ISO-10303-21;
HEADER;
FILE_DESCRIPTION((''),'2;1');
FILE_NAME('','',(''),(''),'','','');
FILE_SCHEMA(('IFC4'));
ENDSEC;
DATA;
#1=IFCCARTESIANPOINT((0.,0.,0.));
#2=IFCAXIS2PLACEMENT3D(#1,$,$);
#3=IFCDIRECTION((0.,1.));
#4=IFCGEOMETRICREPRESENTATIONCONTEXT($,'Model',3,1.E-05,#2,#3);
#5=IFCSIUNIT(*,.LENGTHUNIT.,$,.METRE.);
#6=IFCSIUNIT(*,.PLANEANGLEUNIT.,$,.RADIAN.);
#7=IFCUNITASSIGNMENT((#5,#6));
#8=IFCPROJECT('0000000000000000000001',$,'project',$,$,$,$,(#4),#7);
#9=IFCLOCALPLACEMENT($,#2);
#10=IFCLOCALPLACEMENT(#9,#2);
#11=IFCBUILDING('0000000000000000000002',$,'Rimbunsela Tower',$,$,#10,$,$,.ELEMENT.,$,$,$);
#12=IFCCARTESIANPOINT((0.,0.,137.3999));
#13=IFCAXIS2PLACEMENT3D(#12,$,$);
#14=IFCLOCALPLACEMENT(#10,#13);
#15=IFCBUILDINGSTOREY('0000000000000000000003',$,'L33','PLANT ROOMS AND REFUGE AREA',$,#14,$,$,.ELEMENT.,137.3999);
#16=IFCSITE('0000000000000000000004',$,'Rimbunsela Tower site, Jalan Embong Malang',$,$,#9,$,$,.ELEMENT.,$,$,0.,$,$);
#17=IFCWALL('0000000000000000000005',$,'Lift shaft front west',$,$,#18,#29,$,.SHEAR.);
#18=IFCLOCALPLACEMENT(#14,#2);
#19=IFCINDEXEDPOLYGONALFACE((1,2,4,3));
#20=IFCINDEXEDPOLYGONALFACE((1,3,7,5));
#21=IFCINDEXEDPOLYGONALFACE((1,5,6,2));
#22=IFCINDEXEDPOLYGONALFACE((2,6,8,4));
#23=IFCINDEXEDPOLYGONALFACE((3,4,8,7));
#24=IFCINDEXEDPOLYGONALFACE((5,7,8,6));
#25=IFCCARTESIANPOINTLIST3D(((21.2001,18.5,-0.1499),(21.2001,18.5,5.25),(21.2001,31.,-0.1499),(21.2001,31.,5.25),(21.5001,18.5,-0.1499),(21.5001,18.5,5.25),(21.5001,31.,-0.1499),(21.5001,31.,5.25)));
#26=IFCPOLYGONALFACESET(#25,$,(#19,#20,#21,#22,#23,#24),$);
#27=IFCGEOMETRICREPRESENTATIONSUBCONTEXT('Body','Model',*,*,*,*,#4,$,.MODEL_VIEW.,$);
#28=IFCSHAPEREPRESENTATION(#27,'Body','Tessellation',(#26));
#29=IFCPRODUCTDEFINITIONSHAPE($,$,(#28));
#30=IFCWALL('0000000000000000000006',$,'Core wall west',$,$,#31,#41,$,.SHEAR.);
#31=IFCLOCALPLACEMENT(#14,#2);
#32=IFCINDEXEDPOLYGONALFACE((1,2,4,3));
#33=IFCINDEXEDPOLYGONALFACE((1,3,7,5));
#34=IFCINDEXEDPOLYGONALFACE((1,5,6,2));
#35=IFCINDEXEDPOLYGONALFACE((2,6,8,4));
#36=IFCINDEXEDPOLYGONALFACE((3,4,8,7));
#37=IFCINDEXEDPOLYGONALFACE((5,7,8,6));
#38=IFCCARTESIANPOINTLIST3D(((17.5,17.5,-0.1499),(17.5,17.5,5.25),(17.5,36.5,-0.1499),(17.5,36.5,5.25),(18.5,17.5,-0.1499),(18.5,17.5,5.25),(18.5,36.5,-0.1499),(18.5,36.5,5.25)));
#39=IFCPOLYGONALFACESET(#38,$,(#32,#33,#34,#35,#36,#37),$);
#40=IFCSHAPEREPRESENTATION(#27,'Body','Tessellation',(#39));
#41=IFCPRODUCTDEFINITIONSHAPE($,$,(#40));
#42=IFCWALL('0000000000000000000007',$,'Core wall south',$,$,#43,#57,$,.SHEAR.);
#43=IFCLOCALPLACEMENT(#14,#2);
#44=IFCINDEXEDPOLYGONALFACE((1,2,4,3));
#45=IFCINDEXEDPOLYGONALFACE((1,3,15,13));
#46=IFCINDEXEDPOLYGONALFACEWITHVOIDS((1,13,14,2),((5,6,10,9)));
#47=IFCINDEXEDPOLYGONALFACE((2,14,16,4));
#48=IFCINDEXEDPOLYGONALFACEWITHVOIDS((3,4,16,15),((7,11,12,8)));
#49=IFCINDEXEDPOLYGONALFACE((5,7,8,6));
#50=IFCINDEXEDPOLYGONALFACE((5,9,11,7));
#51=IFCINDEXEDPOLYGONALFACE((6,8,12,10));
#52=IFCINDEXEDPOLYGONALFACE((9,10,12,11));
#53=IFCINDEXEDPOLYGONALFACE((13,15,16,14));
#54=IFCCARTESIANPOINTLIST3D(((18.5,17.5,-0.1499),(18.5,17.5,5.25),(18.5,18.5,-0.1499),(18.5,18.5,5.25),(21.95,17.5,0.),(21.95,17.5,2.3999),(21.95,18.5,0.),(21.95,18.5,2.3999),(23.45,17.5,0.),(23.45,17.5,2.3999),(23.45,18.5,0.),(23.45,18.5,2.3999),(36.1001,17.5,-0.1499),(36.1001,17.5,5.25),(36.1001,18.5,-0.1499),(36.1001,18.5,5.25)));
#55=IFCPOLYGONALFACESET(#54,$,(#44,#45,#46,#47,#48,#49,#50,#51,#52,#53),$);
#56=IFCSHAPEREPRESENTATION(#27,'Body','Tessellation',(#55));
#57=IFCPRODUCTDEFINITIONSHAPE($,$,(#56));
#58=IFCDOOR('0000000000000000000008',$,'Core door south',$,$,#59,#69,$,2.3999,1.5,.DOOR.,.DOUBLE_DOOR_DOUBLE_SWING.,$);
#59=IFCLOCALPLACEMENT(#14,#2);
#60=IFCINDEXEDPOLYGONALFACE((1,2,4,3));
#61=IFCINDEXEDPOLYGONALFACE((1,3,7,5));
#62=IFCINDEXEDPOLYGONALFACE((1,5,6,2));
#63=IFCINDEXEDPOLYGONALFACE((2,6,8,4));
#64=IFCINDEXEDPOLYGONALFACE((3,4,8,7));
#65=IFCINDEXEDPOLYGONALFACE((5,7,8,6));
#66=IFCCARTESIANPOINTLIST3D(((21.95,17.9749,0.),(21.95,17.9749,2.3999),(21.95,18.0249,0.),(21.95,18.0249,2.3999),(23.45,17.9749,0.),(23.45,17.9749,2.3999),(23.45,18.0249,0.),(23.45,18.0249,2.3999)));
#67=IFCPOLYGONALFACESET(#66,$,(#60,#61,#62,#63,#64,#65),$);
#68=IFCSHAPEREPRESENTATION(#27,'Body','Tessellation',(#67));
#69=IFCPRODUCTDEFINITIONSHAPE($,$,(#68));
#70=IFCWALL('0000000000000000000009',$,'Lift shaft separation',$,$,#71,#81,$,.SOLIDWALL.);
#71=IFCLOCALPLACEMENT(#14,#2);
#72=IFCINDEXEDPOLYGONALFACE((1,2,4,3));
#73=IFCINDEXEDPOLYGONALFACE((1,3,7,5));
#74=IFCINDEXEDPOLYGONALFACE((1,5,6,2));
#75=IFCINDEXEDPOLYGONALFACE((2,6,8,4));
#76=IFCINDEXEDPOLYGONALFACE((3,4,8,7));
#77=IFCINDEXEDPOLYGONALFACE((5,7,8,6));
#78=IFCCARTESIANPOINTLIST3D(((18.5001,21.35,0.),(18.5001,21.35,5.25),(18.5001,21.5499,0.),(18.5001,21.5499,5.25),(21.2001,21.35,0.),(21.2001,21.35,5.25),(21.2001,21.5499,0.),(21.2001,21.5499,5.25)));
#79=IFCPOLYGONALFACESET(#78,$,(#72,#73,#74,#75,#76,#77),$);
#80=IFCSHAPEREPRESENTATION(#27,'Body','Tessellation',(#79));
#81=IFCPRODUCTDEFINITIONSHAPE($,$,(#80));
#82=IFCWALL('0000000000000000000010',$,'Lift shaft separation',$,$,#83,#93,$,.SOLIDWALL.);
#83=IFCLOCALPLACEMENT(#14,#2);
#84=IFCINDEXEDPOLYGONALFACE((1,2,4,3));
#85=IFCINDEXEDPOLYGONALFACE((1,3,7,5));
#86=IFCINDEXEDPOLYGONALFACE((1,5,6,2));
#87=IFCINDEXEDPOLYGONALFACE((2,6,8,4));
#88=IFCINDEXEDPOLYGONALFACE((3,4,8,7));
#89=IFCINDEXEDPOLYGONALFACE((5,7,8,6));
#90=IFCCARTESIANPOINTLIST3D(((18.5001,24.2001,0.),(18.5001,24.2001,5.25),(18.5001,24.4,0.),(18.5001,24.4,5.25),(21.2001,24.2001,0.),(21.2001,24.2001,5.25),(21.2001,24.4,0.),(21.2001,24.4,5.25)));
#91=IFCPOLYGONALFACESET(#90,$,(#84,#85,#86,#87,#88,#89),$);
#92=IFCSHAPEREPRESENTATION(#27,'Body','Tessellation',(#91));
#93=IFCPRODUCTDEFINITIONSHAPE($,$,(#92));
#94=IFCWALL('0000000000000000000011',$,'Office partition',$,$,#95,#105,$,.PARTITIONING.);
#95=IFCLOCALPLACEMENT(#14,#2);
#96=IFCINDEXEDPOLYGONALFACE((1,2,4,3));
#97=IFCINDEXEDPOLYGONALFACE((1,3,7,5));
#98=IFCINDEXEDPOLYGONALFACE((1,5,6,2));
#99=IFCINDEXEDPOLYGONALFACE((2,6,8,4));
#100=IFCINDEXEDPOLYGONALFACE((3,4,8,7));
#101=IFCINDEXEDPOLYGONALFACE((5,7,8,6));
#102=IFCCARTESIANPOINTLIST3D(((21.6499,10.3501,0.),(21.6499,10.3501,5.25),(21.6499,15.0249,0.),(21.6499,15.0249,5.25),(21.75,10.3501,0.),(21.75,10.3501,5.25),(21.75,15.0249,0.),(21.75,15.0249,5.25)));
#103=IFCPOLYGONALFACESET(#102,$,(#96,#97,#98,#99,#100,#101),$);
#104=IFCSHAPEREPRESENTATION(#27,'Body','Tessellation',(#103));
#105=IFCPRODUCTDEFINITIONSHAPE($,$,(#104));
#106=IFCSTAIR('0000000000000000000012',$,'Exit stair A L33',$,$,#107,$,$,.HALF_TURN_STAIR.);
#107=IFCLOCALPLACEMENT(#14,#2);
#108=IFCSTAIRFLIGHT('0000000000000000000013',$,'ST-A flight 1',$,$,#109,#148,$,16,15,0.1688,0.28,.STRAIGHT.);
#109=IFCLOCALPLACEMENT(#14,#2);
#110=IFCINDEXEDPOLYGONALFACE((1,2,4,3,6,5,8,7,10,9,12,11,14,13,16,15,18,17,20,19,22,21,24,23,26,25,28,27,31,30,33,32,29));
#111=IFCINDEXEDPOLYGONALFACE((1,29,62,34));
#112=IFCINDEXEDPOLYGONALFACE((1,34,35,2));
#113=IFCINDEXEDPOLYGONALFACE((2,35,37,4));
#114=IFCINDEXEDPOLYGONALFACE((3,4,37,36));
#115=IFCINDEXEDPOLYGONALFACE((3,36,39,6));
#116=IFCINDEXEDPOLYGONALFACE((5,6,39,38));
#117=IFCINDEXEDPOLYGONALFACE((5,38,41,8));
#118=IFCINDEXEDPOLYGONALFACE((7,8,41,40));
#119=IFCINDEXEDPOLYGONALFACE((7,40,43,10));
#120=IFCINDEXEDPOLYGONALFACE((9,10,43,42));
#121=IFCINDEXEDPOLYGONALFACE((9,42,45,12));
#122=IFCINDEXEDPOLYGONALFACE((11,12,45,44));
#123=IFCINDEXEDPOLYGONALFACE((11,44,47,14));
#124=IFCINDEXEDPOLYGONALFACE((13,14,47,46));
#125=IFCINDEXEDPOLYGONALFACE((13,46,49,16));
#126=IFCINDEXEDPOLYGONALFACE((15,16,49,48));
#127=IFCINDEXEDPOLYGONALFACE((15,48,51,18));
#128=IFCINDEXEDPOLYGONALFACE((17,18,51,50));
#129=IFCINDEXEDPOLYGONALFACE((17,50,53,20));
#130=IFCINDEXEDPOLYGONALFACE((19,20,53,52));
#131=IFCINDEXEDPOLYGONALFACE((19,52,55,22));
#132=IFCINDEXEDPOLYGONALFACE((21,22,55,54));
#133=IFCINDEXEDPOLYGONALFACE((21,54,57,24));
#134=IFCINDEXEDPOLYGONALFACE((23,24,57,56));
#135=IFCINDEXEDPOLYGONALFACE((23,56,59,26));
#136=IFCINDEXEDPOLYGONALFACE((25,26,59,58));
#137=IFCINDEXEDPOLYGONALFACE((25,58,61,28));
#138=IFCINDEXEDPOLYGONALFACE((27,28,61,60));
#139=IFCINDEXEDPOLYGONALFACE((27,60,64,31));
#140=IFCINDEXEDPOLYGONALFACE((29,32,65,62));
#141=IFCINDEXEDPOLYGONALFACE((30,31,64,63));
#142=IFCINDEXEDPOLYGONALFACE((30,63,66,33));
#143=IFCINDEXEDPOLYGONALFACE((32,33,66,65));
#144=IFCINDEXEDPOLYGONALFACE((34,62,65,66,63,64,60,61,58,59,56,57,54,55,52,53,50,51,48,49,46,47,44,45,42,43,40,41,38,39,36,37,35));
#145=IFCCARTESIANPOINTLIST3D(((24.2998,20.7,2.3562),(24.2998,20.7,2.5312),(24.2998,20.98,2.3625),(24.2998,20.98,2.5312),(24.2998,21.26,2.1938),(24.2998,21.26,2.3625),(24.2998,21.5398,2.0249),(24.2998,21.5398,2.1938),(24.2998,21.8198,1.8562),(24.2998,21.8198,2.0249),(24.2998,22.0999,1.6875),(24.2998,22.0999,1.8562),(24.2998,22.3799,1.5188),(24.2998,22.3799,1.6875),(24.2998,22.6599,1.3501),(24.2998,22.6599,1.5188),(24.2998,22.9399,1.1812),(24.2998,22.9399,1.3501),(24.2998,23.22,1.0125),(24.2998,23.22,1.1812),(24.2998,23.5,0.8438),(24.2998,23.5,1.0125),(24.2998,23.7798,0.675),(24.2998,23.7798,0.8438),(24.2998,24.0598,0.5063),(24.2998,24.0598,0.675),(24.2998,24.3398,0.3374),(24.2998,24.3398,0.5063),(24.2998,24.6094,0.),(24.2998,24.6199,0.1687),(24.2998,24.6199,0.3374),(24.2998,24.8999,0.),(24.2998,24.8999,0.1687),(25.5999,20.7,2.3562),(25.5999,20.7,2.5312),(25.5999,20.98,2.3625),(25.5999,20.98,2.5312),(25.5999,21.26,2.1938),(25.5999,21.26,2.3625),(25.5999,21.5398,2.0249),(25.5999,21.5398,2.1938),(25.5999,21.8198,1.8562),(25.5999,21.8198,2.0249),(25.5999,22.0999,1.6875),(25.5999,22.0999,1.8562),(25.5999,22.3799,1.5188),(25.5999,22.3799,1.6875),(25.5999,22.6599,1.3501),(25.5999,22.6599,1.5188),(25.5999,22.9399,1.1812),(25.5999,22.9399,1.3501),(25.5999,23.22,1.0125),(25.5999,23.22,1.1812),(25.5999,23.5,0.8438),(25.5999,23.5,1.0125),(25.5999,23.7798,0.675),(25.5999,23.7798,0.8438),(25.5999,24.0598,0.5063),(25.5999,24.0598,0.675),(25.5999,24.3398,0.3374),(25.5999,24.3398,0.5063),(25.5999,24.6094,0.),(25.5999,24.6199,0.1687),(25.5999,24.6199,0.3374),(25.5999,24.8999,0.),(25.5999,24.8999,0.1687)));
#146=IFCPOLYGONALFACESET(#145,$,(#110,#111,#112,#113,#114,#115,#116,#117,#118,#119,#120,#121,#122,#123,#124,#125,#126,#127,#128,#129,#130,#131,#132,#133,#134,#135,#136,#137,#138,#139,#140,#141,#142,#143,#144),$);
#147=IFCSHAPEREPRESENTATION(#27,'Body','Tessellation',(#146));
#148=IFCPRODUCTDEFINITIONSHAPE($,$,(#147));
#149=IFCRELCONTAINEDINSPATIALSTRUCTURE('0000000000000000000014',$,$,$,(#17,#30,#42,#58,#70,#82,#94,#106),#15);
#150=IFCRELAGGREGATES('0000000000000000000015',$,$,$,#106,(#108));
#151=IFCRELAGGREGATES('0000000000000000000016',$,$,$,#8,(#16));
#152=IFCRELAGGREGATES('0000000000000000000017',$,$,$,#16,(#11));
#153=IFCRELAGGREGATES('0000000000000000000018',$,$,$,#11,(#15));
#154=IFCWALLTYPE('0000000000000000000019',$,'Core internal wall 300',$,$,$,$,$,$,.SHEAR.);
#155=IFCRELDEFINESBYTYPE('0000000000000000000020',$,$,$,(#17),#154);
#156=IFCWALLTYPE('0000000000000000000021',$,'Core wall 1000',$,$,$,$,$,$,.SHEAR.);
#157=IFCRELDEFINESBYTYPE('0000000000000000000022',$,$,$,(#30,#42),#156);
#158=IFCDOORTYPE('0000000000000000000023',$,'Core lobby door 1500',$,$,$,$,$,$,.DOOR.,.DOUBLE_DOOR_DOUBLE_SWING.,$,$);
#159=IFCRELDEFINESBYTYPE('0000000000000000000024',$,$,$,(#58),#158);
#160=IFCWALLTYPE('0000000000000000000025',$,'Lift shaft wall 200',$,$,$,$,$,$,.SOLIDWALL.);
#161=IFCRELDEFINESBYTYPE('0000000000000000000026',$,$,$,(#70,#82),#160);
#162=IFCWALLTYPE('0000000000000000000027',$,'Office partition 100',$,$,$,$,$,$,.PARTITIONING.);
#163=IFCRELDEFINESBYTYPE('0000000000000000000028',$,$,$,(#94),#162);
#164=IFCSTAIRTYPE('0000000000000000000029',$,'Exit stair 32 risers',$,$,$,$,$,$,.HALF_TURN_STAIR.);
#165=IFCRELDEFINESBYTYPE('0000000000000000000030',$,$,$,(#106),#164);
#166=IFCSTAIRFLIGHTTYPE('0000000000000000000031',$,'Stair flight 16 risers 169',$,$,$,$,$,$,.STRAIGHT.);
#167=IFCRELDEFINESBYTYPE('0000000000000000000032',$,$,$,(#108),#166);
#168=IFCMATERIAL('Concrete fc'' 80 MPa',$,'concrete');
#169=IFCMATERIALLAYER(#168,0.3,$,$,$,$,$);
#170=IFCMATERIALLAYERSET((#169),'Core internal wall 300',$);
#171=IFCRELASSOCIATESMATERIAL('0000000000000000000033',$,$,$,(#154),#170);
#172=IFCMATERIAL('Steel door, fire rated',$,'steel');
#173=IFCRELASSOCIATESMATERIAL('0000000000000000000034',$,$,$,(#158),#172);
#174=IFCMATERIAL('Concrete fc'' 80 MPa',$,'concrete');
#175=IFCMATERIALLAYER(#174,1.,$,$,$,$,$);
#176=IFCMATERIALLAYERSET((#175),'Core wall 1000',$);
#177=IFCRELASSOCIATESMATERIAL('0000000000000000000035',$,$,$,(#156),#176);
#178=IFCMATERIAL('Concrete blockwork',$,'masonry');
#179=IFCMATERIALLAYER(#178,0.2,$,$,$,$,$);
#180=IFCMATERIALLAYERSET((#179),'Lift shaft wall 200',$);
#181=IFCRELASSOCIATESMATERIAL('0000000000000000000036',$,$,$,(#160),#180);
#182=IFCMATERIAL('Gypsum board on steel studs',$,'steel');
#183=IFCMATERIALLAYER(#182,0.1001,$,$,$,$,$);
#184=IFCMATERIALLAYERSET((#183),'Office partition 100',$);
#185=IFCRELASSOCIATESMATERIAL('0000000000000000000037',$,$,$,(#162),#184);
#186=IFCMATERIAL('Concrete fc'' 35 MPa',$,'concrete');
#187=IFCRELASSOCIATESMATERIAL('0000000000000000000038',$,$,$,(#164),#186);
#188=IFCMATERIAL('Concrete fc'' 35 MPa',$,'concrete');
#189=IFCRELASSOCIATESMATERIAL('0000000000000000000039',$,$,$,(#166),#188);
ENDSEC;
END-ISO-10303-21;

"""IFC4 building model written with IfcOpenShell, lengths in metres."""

from ifc_helpers import new_model, si_unit, direction, frame, frame_2d, origin, place, context, subcontext, project, spatial, polyline, rectangle, outline, extrude, material, layer, layer_set, type_object, element, fill, aggregate, save


model = new_model("IFC4")

# Units and contexts
model_context = context("Model", 3, precision=1e-05, world=origin(), true_north=direction((0.0, 1.0)))
body_context = subcontext(model_context, "Body", "Model", "MODEL_VIEW")
ifc_project = project(units=[si_unit("LENGTHUNIT", "METRE"), si_unit("PLANEANGLEUNIT", "RADIAN")], contexts=[model_context])

# Site, building, storey
site_placement = place(None, origin())
site = spatial("IfcSite", under=ifc_project, at=site_placement, Name="Rimbunsela Tower site, Jalan Embong Malang", CompositionType="ELEMENT", RefElevation=0.0)
building_placement = place(site_placement, origin())
building = spatial("IfcBuilding", under=site, at=building_placement, Name="Rimbunsela Tower", CompositionType="ELEMENT")
storey_placement = place(building_placement, frame((0.0, 0.0, 137.3999)))
storey = spatial("IfcBuildingStorey", under=building, at=storey_placement, Name="L33", Description="PLANT ROOMS AND REFUGE AREA", CompositionType="ELEMENT", Elevation=137.3999)

# Shared definitions
ifc_material_1 = material(Name="Concrete fc' 80 MPa", Category="concrete")
ifc_layer_1 = layer(ifc_material_1, 0.3)
ifc_layer_set_1 = layer_set([ifc_layer_1], Name="Core internal wall 300")
wall_type_1 = type_object("IfcWallType", Name="Core internal wall 300", PredefinedType="SHEAR", material=ifc_layer_set_1)
ifc_material_2 = material(Name="Steel door, fire rated", Category="steel")
door_type_1 = type_object("IfcDoorType", Name="Core lobby door 1500", OperationType="DOUBLE_DOOR_DOUBLE_SWING", PredefinedType="DOOR", material=ifc_material_2)

# Walls
wall_1_placement = place(storey_placement, frame((21.3501, 18.5, -0.1499), z_axis=(0.0, 0.0, 1.0), x_axis=(0.0, 1.0, 0.0)))
element("IfcWall", 1, at=wall_1_placement, inside=storey, type_object=wall_type_1, Name="Lift shaft front west", PredefinedType="SHEAR", context=body_context, shape_type="SweptSolid", body=[
    extrude(rectangle(XDim=12.5, YDim=0.3, at=frame_2d((6.25, 0.0))), origin(), (0.0, 0.0, 1.0), 5.3999),
])
ifc_material_3 = material(Name="Concrete fc' 80 MPa", Category="concrete")
ifc_layer_2 = layer(ifc_material_3, 1.0)
ifc_layer_set_2 = layer_set([ifc_layer_2], Name="Core wall 1000")
wall_type_2 = type_object("IfcWallType", Name="Core wall 1000", PredefinedType="SHEAR", material=ifc_layer_set_2)
wall_2_placement = place(storey_placement, frame((18.0, 17.5, -0.1499), z_axis=(0.0, 0.0, 1.0), x_axis=(0.0, 1.0, 0.0)))
element("IfcWall", 2, at=wall_2_placement, inside=storey, type_object=wall_type_2, Name="Core wall west", PredefinedType="SHEAR", context=body_context, shape_type="SweptSolid", body=[
    extrude(rectangle(XDim=19.0, YDim=1.0, at=frame_2d((9.5, 0.0))), origin(), (0.0, 0.0, 1.0), 5.3999),
])

# Wall, opening, door
wall_3_placement = place(storey_placement, frame((18.5, 18.0, -0.1499), z_axis=(0.0, 0.0, 1.0), x_axis=(1.0, 0.0, 0.0)))
wall_3 = element("IfcWall", 3, at=wall_3_placement, inside=storey, type_object=wall_type_2, Name="Core wall south", PredefinedType="SHEAR", context=body_context, shape_type="SweptSolid", body=[
    extrude(rectangle(XDim=17.6001, YDim=1.0, at=frame_2d((8.8, 0.0))), origin(), (0.0, 0.0, 1.0), 5.3999),
])
opening_1_placement = place(wall_3_placement, frame((3.45, 0.0, 0.1499)))
opening_1 = element("IfcOpeningElement", 4, at=opening_1_placement, cuts=wall_3, PredefinedType="OPENING", context=body_context, shape_type="SweptSolid", body=[
    extrude(rectangle(XDim=1.5, YDim=2.3999, at=frame_2d((0.75, 1.2))), frame((0.0, 0.51, 0.0), z_axis=(0.0, -1.0, 0.0), x_axis=(1.0, 0.0, 0.0)), (0.0, 0.0, 1.0), 1.02),
])
door_1_placement = place(opening_1_placement, origin())
door_1 = element("IfcDoor", 5, at=door_1_placement, inside=storey, type_object=door_type_1, Name="Core door south", OperationType="DOUBLE_DOOR_DOUBLE_SWING", OverallHeight=2.3999, OverallWidth=1.5, PredefinedType="DOOR", context=body_context, shape_type="SweptSolid", body=[
    extrude(rectangle(XDim=1.5, YDim=2.3999, at=frame_2d((0.75, 1.2))), frame((0.0, 0.0249, 0.0), z_axis=(0.0, -1.0, 0.0), x_axis=(1.0, 0.0, 0.0)), (0.0, 0.0, 1.0), 0.05),
])
fill(opening_1, door_1)

# Walls
ifc_material_4 = material(Name="Concrete blockwork", Category="masonry")
ifc_layer_3 = layer(ifc_material_4, 0.2)
ifc_layer_set_3 = layer_set([ifc_layer_3], Name="Lift shaft wall 200")
wall_type_3 = type_object("IfcWallType", Name="Lift shaft wall 200", PredefinedType="SOLIDWALL", material=ifc_layer_set_3)
for number, where, z_axis, x_axis, name in (
    (6, (18.5, 21.45, 0.0), (0.0, 0.0, 1.0), (1.0, 0.0, 0.0), "Lift shaft separation"),
    (7, (18.5, 24.3, 0.0), (0.0, 0.0, 1.0), (1.0, 0.0, 0.0), "Lift shaft separation"),
):
    element("IfcWall", number, at=place(storey_placement, frame(where, z_axis=z_axis, x_axis=x_axis)), inside=storey, type_object=wall_type_3, Name=name, PredefinedType="SOLIDWALL", context=body_context, shape_type="SweptSolid", body=[
        extrude(rectangle(XDim=2.7, YDim=0.2, at=frame_2d((1.3501, 0.0))), origin(), (0.0, 0.0, 1.0), 5.25),
    ])
ifc_material_5 = material(Name="Gypsum board on steel studs", Category="steel")
ifc_layer_4 = layer(ifc_material_5, 0.1001)
ifc_layer_set_4 = layer_set([ifc_layer_4], Name="Office partition 100")
wall_type_4 = type_object("IfcWallType", Name="Office partition 100", PredefinedType="PARTITIONING", material=ifc_layer_set_4)
wall_4_placement = place(storey_placement, frame((21.7, 10.3501, 0.0), z_axis=(0.0, 0.0, 1.0), x_axis=(0.0, 1.0, 0.0)))
element("IfcWall", 8, at=wall_4_placement, inside=storey, type_object=wall_type_4, Name="Office partition", PredefinedType="PARTITIONING", context=body_context, shape_type="SweptSolid", body=[
    extrude(rectangle(XDim=4.6748, YDim=0.1001, at=frame_2d((2.3374, 0.0))), origin(), (0.0, 0.0, 1.0), 5.25),
])

# Stair, stair flight
ifc_material_6 = material(Name="Concrete fc' 35 MPa", Category="concrete")
stair_type = type_object("IfcStairType", Name="Exit stair 32 risers", PredefinedType="HALF_TURN_STAIR", material=ifc_material_6)
stair_1_placement = place(storey_placement, origin())
stair_1 = element("IfcStair", 9, at=stair_1_placement, inside=storey, type_object=stair_type, Name="Exit stair A L33", PredefinedType="HALF_TURN_STAIR")
ifc_material_7 = material(Name="Concrete fc' 35 MPa", Category="concrete")
stair_flight_type = type_object("IfcStairFlightType", Name="Stair flight 16 risers 169", PredefinedType="STRAIGHT", material=ifc_material_7)
stair_flight_1_placement = place(storey_placement, frame((24.95, 24.8999, 0.0), z_axis=(0.0, 0.0, 1.0), x_axis=(0.0, -1.0, 0.0)))
stair_flight_1 = element("IfcStairFlight", 10, at=stair_flight_1_placement, type_object=stair_flight_type, Name="ST-A flight 1", NumberOfRisers=16, NumberOfTreads=15, PredefinedType="STRAIGHT", RiserHeight=0.1688, TreadLength=0.28, context=body_context, shape_type="SweptSolid", body=[
    extrude(outline(polyline([(0.0, 0.0), (0.0, 0.1687), (0.28, 0.1687), (0.28, 0.3374), (0.5601, 0.3374), (0.5601, 0.5063), (0.8401, 0.5063), (0.8401, 0.675), (1.1201, 0.675), (1.1201, 0.8438), (1.3999, 0.8438), (1.3999, 1.0125), (1.6799, 1.0125), (1.6799, 1.1812), (1.96, 1.1812), (1.96, 1.3501), (2.24, 1.3501), (2.24, 1.5188), (2.52, 1.5188), (2.52, 1.6875), (2.8, 1.6875), (2.8, 1.8562), (3.0801, 1.8562), (3.0801, 2.0249), (3.3601, 2.0249), (3.3601, 2.1938), (3.6399, 2.1938), (3.6399, 2.3625), (3.9199, 2.3625), (3.9199, 2.5312), (4.2, 2.5312), (4.2, 2.7), (4.2, 2.3562), (0.2905, 0.0), (0.0, 0.0)])), frame((0.0, 0.6499, 0.0), z_axis=(0.0, -1.0, 0.0), x_axis=(1.0, 0.0, 0.0)), (0.0, 0.0, 1.0), 1.3),
])
aggregate(stair_1, [stair_flight_1])

save(model, "model.ifc")
